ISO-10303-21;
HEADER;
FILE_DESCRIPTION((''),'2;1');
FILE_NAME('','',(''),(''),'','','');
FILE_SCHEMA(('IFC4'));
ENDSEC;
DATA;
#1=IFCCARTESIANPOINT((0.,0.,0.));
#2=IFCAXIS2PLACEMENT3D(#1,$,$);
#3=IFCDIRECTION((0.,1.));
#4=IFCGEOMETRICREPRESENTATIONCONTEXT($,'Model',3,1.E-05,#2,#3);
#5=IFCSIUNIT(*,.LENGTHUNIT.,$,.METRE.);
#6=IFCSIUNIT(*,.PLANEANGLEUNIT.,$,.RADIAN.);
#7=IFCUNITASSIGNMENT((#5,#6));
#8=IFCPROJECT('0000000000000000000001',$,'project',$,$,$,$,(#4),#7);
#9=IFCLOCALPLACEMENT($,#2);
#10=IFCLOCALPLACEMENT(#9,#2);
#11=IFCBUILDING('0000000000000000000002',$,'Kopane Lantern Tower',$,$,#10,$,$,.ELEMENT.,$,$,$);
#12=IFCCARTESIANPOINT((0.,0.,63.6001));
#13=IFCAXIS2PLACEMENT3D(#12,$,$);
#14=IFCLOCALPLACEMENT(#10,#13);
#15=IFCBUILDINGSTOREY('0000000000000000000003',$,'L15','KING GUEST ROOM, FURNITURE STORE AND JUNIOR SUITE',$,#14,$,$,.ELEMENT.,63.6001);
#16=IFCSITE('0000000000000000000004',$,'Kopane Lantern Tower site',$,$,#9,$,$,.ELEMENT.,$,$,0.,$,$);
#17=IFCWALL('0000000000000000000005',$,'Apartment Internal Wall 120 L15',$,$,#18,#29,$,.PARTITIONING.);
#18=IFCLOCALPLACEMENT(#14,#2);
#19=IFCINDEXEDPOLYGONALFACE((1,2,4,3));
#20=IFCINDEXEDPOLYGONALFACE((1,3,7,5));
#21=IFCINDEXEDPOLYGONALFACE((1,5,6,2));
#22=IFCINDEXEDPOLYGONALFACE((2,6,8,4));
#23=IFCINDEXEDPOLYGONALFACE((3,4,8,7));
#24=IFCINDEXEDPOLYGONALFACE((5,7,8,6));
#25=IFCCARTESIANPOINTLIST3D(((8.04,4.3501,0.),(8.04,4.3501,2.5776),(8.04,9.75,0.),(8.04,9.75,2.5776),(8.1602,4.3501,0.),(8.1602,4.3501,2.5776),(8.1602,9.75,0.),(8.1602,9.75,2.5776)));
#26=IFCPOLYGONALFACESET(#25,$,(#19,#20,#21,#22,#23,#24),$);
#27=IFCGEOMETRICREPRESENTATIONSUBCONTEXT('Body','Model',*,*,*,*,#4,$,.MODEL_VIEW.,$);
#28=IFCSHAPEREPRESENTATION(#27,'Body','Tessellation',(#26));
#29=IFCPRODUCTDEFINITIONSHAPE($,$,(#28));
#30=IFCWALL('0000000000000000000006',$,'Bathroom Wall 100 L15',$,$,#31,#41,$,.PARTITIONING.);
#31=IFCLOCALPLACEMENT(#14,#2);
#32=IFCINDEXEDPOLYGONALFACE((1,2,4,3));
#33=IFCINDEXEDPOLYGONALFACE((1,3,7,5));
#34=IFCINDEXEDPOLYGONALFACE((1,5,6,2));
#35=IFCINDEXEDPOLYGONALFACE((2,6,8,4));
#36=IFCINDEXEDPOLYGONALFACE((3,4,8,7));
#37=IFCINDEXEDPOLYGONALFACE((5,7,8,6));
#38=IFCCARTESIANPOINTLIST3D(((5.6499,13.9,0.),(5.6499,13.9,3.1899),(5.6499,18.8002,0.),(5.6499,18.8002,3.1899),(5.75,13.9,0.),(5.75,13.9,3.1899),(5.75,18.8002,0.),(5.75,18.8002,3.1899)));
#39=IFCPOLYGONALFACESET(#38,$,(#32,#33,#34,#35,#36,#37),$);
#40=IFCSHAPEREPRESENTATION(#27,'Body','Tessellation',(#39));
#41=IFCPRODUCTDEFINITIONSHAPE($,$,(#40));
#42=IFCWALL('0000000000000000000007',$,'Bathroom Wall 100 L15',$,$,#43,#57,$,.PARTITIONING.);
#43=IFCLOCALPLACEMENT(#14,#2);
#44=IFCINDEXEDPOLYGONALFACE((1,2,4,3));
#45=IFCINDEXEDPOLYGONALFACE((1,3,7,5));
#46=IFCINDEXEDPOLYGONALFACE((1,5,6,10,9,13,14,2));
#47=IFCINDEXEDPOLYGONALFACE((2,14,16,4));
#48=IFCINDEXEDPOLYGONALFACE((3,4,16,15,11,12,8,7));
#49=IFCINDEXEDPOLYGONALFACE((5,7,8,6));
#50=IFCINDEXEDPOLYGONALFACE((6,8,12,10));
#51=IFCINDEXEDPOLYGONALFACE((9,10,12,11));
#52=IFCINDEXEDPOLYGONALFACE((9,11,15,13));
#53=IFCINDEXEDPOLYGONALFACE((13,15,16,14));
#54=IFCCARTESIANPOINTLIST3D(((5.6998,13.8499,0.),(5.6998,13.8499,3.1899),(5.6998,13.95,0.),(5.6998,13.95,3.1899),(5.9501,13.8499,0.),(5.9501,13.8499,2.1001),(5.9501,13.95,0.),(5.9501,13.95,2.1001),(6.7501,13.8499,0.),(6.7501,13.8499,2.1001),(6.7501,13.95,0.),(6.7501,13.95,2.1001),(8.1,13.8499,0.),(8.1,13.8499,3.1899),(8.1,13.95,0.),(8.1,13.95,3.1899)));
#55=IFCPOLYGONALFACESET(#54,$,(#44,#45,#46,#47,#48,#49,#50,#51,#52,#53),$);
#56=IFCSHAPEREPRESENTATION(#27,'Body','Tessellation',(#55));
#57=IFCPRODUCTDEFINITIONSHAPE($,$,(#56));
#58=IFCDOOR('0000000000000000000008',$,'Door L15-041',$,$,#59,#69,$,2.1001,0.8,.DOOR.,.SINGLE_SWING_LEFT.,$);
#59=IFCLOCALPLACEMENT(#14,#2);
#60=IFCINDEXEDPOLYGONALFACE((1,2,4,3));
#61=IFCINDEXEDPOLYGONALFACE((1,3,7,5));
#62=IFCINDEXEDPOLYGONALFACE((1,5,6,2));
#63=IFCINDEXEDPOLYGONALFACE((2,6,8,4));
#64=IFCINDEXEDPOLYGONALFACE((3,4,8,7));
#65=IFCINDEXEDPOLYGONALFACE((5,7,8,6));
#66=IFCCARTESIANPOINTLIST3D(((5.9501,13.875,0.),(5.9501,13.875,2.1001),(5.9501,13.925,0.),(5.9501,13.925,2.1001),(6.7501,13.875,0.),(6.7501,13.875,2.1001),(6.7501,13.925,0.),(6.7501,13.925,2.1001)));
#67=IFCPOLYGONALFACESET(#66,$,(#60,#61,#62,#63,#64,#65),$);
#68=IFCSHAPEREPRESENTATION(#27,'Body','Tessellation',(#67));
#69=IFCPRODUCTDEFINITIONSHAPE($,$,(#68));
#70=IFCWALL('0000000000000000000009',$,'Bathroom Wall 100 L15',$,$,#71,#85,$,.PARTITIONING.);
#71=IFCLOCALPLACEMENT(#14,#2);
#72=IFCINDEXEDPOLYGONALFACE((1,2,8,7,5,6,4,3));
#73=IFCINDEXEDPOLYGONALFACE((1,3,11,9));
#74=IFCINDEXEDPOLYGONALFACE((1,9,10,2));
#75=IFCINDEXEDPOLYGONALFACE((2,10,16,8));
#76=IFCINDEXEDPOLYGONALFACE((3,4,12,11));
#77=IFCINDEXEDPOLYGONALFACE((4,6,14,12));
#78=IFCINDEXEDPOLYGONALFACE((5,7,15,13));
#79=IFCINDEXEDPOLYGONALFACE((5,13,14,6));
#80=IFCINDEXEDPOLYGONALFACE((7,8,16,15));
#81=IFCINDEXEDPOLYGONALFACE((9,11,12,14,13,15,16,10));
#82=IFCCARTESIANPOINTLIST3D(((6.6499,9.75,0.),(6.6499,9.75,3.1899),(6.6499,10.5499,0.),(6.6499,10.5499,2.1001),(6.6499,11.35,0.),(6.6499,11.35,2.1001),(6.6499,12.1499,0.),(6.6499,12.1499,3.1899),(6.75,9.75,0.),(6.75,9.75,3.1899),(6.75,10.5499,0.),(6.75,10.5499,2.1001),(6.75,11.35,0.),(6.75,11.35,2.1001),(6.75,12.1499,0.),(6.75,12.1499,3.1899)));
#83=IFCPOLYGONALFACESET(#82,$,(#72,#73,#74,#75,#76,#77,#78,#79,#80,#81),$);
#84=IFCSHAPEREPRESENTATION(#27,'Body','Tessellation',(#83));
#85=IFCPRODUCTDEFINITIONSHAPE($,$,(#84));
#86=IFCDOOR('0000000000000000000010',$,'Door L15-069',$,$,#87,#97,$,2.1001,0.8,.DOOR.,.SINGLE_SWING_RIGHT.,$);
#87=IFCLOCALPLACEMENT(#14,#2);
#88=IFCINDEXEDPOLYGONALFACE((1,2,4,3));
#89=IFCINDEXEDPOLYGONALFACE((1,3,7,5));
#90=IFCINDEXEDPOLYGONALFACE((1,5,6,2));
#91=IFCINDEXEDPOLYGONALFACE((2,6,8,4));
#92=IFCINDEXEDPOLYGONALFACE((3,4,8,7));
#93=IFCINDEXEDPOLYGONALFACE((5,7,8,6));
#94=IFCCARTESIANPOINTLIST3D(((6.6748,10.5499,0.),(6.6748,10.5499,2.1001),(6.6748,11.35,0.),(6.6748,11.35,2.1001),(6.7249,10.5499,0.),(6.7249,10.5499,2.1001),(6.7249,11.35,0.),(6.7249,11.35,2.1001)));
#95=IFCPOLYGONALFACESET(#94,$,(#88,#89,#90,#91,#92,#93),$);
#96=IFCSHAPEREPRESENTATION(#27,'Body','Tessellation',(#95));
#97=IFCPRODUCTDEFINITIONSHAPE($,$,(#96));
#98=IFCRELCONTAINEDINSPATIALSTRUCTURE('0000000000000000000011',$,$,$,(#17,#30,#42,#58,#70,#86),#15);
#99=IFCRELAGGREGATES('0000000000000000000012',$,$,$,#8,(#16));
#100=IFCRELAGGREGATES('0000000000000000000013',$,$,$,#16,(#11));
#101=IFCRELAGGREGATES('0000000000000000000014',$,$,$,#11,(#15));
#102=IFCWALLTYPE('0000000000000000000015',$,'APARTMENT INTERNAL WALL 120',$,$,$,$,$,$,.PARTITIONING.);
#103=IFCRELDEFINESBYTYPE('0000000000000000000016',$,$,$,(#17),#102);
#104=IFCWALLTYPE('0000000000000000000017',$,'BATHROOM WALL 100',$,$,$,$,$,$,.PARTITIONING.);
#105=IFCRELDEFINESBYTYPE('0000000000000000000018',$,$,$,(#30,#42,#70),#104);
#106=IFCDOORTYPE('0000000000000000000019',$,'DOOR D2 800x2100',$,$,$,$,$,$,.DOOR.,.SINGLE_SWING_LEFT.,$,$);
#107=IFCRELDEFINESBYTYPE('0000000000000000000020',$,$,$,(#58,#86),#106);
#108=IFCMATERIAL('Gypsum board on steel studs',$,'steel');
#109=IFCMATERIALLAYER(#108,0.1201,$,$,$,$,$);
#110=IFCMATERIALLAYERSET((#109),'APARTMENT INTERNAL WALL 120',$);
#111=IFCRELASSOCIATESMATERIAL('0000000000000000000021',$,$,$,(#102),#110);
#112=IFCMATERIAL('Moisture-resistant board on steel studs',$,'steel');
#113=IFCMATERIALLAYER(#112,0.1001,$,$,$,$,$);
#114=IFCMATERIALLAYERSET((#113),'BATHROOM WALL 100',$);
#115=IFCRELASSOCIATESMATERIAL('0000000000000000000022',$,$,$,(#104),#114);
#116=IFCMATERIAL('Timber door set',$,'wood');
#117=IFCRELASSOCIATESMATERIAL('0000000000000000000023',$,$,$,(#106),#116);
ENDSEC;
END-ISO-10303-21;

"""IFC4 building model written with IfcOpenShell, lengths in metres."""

from ifc_helpers import new_model, si_unit, direction, frame, frame_2d, origin, place, context, subcontext, project, spatial, rectangle, extrude, material, layer, layer_set, type_object, element, fill, save


model = new_model("IFC4")

# Units and contexts
model_context = context("Model", 3, precision=1e-05, world=origin(), true_north=direction((0.0, 1.0)))
body_context = subcontext(model_context, "Body", "Model", "MODEL_VIEW")
ifc_project = project(units=[si_unit("LENGTHUNIT", "METRE"), si_unit("PLANEANGLEUNIT", "RADIAN")], contexts=[model_context])

# Site, building, storey
site_placement = place(None, origin())
site = spatial("IfcSite", under=ifc_project, at=site_placement, Name="Kopane Lantern Tower site", CompositionType="ELEMENT", RefElevation=0.0)
building_placement = place(site_placement, origin())
building = spatial("IfcBuilding", under=site, at=building_placement, Name="Kopane Lantern Tower", CompositionType="ELEMENT")
storey_placement = place(building_placement, frame((0.0, 0.0, 63.6001)))
storey = spatial("IfcBuildingStorey", under=building, at=storey_placement, Name="L15", Description="KING GUEST ROOM, FURNITURE STORE AND JUNIOR SUITE", CompositionType="ELEMENT", Elevation=63.6001)

# Walls
ifc_material_1 = material(Name="Gypsum board on steel studs", Category="steel")
ifc_layer_1 = layer(ifc_material_1, 0.1201)
ifc_layer_set_1 = layer_set([ifc_layer_1], Name="APARTMENT INTERNAL WALL 120")
wall_type_1 = type_object("IfcWallType", Name="APARTMENT INTERNAL WALL 120", PredefinedType="PARTITIONING", material=ifc_layer_set_1)
wall_1_placement = place(storey_placement, frame((8.1001, 9.75, 0.0), z_axis=(0.0, 0.0, 1.0), x_axis=(0.0, -1.0, 0.0)))
element("IfcWall", 1, at=wall_1_placement, inside=storey, type_object=wall_type_1, Name="Apartment Internal Wall 120 L15", PredefinedType="PARTITIONING", context=body_context, shape_type="SweptSolid", body=[
    extrude(rectangle(XDim=5.3999, YDim=0.1201, at=frame_2d((2.7, 0.0))), origin(), (0.0, 0.0, 1.0), 2.5776),
])
ifc_material_2 = material(Name="Moisture-resistant board on steel studs", Category="steel")
ifc_layer_2 = layer(ifc_material_2, 0.1001)
ifc_layer_set_2 = layer_set([ifc_layer_2], Name="BATHROOM WALL 100")
wall_type_2 = type_object("IfcWallType", Name="BATHROOM WALL 100", PredefinedType="PARTITIONING", material=ifc_layer_set_2)
wall_2_placement = place(storey_placement, frame((5.7, 13.8999, 0.0), z_axis=(0.0, 0.0, 1.0), x_axis=(0.0, 1.0, 0.0)))
element("IfcWall", 2, at=wall_2_placement, inside=storey, type_object=wall_type_2, Name="Bathroom Wall 100 L15", PredefinedType="PARTITIONING", context=body_context, shape_type="SweptSolid", body=[
    extrude(rectangle(XDim=4.9001, YDim=0.1001, at=frame_2d((2.4502, 0.0))), origin(), (0.0, 0.0, 1.0), 3.1899),
])

# Walls, openings, doors
wall_3_placement = place(storey_placement, frame((8.1001, 13.8999, 0.0), z_axis=(0.0, 0.0, 1.0), x_axis=(-1.0, 0.0, 0.0)))
wall_3 = element("IfcWall", 3, at=wall_3_placement, inside=storey, type_object=wall_type_2, Name="Bathroom Wall 100 L15", PredefinedType="PARTITIONING", context=body_context, shape_type="SweptSolid", body=[
    extrude(rectangle(XDim=2.4001, YDim=0.1001, at=frame_2d((1.2002, 0.0))), origin(), (0.0, 0.0, 1.0), 3.1899),
])
opening_1_placement = place(wall_3_placement, frame((1.3501, 0.0, 0.0)))
opening_1 = element("IfcOpeningElement", 4, at=opening_1_placement, cuts=wall_3, PredefinedType="OPENING", context=body_context, shape_type="SweptSolid", body=[
    extrude(rectangle(XDim=0.8, YDim=2.1001, at=frame_2d((0.3999, 1.05))), frame((0.0, 0.0601, 0.0), z_axis=(0.0, -1.0, 0.0), x_axis=(1.0, 0.0, 0.0)), (0.0, 0.0, 1.0), 0.1201),
])
ifc_material_3 = material(Name="Timber door set", Category="wood")
door_type_1 = type_object("IfcDoorType", Name="DOOR D2 800x2100", OperationType="SINGLE_SWING_LEFT", PredefinedType="DOOR", material=ifc_material_3)
door_1_placement = place(opening_1_placement, origin())
door_1 = element("IfcDoor", 5, at=door_1_placement, inside=storey, type_object=door_type_1, Name="Door L15-041", OperationType="SINGLE_SWING_LEFT", OverallHeight=2.1001, OverallWidth=0.8, PredefinedType="DOOR", context=body_context, shape_type="SweptSolid", body=[
    extrude(rectangle(XDim=0.8, YDim=2.1001, at=frame_2d((0.3999, 1.05))), frame((0.0, 0.0249, 0.0), z_axis=(0.0, -1.0, 0.0), x_axis=(1.0, 0.0, 0.0)), (0.0, 0.0, 1.0), 0.05),
])
fill(opening_1, door_1)
wall_4_placement = place(storey_placement, frame((6.7, 12.1499, 0.0), z_axis=(0.0, 0.0, 1.0), x_axis=(0.0, -1.0, 0.0)))
wall_4 = element("IfcWall", 6, at=wall_4_placement, inside=storey, type_object=wall_type_2, Name="Bathroom Wall 100 L15", PredefinedType="PARTITIONING", context=body_context, shape_type="SweptSolid", body=[
    extrude(rectangle(XDim=2.3999, YDim=0.1001, at=frame_2d((1.2, 0.0))), origin(), (0.0, 0.0, 1.0), 3.1899),
])
opening_2_placement = place(wall_4_placement, frame((0.8, 0.0, 0.0)))
opening_2 = element("IfcOpeningElement", 7, at=opening_2_placement, cuts=wall_4, PredefinedType="OPENING", context=body_context, shape_type="SweptSolid", body=[
    extrude(rectangle(XDim=0.8, YDim=2.1001, at=frame_2d((0.3999, 1.05))), frame((0.0, 0.0601, 0.0), z_axis=(0.0, -1.0, 0.0), x_axis=(1.0, 0.0, 0.0)), (0.0, 0.0, 1.0), 0.1201),
])
door_2_placement = place(opening_2_placement, origin())
door_2 = element("IfcDoor", 8, at=door_2_placement, inside=storey, type_object=door_type_1, Name="Door L15-069", OperationType="SINGLE_SWING_RIGHT", OverallHeight=2.1001, OverallWidth=0.8, PredefinedType="DOOR", context=body_context, shape_type="SweptSolid", body=[
    extrude(rectangle(XDim=0.8, YDim=2.1001, at=frame_2d((0.3999, 1.05))), frame((0.0, 0.0249, 0.0), z_axis=(0.0, -1.0, 0.0), x_axis=(1.0, 0.0, 0.0)), (0.0, 0.0, 1.0), 0.05),
])
fill(opening_2, door_2)

save(model, "model.ifc")
